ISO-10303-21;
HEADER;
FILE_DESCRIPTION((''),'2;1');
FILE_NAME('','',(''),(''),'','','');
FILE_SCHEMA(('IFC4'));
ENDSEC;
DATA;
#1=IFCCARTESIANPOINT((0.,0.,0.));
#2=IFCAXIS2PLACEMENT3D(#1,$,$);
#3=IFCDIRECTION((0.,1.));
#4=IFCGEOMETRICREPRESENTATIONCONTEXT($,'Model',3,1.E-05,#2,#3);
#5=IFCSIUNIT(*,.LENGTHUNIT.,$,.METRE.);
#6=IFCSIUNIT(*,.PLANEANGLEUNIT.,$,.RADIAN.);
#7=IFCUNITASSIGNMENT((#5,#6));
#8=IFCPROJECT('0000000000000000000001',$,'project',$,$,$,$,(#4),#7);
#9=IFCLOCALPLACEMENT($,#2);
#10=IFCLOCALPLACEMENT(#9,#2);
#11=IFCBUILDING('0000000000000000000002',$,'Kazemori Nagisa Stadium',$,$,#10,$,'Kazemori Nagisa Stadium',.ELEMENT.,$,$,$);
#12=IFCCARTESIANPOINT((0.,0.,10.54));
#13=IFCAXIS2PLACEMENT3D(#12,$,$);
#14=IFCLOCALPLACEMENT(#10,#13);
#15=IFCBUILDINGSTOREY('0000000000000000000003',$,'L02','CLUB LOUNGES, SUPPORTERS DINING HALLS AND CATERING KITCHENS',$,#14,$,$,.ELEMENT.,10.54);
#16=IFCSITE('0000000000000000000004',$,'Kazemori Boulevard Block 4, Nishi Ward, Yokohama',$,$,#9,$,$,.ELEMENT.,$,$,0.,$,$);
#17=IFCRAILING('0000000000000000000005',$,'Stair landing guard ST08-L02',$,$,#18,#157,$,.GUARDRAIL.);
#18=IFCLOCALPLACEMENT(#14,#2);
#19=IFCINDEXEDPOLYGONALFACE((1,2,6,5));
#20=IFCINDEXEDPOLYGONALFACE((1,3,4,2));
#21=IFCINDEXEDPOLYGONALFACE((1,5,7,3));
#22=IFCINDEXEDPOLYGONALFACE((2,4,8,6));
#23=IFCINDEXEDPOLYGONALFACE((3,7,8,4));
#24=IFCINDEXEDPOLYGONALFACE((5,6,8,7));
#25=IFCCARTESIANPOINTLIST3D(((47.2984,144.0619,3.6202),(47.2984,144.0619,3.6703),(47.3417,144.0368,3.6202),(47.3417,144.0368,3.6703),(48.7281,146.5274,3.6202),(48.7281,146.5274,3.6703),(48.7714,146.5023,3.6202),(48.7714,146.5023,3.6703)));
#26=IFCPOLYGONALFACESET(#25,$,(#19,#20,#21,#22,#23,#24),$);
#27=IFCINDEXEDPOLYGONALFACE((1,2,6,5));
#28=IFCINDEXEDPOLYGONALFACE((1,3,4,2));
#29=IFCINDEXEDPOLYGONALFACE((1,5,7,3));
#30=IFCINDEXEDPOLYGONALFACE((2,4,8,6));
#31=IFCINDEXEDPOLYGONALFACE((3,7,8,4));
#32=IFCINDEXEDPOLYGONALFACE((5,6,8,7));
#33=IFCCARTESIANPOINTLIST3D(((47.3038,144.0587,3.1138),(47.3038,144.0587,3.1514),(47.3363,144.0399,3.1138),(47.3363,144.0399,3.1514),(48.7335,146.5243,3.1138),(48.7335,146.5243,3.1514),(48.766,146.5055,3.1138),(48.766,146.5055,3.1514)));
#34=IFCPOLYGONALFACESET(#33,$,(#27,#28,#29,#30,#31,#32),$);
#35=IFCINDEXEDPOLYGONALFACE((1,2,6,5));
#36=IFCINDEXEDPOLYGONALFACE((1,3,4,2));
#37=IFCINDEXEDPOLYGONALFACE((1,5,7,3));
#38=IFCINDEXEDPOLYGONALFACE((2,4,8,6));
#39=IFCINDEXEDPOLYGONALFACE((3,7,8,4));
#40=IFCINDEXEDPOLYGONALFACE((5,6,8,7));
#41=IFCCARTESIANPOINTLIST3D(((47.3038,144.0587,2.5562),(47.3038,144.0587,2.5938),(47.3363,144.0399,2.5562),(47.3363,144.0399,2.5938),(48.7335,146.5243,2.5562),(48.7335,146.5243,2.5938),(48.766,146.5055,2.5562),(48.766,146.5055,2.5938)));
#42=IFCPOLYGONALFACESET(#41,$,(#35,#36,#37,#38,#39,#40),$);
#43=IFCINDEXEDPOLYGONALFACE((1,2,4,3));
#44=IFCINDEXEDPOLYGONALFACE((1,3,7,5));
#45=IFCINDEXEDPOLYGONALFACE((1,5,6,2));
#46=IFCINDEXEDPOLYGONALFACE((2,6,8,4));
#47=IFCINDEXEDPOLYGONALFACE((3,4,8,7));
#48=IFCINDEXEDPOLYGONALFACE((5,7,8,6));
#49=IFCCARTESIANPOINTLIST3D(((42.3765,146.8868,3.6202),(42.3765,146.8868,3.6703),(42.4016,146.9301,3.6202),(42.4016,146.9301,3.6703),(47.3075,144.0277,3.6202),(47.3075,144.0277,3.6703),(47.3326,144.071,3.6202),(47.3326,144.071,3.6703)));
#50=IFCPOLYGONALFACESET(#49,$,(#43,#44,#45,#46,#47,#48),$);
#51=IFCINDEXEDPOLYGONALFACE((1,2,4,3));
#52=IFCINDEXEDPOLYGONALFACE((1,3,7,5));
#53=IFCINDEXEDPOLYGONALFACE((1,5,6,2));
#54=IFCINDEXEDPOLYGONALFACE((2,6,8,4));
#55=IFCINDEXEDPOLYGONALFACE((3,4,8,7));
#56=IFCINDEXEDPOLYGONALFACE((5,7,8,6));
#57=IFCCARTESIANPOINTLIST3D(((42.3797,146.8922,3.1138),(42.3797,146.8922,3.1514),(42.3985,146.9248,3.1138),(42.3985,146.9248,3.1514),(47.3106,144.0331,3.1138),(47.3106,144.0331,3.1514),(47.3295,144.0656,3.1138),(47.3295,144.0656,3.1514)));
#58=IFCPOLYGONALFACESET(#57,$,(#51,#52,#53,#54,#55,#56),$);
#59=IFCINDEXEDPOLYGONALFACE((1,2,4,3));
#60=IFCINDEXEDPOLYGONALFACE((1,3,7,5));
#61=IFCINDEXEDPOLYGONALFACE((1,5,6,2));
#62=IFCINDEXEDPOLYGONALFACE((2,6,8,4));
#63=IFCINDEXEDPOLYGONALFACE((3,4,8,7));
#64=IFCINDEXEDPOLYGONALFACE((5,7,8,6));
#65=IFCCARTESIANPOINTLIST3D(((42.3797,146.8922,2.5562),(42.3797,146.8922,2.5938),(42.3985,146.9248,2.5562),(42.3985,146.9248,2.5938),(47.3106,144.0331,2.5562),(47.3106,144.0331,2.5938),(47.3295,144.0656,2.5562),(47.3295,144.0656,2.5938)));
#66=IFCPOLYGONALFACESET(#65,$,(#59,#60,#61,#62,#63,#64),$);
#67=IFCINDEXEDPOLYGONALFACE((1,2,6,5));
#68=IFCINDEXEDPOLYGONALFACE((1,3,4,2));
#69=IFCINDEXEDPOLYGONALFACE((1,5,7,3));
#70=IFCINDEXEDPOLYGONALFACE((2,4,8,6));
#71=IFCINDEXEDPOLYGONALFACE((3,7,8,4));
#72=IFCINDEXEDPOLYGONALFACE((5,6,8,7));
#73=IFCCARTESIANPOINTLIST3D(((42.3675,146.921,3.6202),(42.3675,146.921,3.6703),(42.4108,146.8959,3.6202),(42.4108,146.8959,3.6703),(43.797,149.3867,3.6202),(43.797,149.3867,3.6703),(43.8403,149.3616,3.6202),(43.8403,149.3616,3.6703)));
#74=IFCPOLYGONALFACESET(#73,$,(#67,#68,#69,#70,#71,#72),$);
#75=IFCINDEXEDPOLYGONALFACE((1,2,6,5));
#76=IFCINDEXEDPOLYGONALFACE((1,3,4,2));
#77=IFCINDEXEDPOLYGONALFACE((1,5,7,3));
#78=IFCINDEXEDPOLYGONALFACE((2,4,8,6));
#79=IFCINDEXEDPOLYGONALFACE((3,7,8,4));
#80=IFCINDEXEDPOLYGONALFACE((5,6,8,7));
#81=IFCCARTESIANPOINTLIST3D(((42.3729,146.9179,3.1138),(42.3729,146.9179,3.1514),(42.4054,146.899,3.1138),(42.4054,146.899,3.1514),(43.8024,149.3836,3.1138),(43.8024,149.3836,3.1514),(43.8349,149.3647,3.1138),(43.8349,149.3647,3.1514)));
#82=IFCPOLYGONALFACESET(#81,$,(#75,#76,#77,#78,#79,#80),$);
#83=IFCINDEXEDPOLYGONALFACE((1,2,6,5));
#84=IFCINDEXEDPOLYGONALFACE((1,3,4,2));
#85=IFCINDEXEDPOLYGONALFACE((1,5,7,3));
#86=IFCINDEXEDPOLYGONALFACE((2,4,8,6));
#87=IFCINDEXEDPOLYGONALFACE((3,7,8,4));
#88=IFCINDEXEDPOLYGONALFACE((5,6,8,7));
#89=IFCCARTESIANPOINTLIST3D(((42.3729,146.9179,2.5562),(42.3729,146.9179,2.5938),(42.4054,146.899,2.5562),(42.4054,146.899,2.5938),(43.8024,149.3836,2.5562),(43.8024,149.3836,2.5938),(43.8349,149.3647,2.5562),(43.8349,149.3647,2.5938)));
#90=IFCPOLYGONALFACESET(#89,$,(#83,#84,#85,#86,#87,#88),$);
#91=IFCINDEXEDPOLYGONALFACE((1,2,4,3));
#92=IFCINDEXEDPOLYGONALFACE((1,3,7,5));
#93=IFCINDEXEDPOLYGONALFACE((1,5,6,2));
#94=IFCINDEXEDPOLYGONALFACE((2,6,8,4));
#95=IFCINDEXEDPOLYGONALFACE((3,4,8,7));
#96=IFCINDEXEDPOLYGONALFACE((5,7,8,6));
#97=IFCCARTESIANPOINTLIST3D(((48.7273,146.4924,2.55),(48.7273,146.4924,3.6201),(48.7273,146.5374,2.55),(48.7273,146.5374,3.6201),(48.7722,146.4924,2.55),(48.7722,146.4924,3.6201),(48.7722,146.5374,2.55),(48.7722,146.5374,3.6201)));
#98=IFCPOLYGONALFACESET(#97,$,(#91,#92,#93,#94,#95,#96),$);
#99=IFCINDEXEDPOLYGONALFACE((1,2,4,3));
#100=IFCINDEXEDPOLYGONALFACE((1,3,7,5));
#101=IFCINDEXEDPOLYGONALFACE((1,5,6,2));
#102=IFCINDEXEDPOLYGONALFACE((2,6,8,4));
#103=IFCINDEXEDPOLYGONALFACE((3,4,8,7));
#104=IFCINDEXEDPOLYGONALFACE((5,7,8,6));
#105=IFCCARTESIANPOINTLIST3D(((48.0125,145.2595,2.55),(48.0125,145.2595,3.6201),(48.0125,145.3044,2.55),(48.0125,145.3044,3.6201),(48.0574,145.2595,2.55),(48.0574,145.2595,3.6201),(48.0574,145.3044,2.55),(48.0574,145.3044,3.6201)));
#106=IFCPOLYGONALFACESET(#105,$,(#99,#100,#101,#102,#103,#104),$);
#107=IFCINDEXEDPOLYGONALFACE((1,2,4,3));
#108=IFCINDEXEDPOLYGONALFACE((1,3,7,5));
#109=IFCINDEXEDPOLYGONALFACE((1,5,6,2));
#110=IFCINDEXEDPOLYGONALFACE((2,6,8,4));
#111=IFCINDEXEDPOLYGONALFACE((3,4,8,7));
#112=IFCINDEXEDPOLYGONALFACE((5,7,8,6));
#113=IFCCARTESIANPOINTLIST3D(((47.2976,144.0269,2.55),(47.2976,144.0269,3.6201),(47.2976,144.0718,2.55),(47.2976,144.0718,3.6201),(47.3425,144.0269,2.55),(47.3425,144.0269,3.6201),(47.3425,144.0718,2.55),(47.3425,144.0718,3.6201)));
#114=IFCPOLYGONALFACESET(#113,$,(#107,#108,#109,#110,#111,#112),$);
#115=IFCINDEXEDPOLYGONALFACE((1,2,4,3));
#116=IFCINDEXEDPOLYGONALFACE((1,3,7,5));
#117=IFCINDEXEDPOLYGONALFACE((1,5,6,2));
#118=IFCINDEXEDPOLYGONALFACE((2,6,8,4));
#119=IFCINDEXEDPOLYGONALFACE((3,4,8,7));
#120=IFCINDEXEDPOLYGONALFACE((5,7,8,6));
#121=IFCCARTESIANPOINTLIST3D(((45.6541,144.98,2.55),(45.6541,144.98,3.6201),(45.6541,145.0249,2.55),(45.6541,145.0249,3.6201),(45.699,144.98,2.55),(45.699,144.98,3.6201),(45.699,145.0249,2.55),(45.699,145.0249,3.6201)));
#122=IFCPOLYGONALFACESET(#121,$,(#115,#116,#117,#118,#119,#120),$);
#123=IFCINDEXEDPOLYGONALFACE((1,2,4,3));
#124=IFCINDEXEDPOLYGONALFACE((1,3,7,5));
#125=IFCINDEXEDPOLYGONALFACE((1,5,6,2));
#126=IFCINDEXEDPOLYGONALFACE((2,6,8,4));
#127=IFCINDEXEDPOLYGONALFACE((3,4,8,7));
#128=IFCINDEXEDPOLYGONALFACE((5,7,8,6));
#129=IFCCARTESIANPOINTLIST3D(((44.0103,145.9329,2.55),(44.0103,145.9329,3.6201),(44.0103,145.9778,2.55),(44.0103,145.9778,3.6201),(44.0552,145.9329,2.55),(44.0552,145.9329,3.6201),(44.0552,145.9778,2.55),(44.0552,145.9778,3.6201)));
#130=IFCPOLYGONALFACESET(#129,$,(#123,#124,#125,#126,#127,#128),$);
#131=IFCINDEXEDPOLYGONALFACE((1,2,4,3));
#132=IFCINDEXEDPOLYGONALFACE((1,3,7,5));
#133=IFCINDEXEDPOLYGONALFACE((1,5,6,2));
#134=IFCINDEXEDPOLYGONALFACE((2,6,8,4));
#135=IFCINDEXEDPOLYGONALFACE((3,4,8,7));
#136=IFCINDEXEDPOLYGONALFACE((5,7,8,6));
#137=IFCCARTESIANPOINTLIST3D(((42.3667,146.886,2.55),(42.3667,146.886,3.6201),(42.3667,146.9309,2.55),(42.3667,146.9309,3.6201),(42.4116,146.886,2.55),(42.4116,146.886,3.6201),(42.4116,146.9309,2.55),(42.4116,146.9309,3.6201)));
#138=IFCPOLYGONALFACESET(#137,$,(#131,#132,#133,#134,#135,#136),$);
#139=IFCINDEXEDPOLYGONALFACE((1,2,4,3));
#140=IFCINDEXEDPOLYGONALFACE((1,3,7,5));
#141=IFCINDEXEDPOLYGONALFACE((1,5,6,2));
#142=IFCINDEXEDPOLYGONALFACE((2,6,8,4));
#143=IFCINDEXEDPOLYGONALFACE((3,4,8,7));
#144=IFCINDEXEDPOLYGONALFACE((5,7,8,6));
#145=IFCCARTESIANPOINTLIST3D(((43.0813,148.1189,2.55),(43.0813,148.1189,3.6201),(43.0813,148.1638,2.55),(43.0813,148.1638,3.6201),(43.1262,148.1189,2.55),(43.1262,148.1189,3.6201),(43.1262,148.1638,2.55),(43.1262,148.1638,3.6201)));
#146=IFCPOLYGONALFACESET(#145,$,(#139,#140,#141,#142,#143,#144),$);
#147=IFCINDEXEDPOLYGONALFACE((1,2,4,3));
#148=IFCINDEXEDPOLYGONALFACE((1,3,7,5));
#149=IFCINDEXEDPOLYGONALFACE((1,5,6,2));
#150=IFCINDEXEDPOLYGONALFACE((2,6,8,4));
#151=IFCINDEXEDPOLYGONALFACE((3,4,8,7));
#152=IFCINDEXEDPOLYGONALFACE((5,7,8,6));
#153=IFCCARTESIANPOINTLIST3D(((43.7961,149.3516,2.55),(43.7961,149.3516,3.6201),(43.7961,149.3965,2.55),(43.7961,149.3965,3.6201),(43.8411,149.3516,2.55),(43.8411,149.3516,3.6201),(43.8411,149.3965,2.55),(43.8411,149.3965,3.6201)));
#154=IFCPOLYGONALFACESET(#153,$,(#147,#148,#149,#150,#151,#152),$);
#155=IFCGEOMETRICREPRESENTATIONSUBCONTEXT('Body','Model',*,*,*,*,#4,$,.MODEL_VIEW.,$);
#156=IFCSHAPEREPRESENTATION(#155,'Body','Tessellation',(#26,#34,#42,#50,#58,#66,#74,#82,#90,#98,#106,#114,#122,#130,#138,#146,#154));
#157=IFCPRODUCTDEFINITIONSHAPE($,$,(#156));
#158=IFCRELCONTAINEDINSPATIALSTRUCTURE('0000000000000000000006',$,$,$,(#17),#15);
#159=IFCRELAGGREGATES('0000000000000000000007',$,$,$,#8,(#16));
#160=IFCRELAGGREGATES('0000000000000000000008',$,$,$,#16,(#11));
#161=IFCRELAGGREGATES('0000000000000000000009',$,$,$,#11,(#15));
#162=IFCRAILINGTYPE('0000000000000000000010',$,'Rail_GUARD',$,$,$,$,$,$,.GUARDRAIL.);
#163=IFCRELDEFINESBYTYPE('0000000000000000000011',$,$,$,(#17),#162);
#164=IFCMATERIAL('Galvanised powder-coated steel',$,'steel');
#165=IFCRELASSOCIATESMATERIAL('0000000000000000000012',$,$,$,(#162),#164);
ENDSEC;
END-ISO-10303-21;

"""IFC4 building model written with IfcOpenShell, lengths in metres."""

from ifc_helpers import new_model, si_unit, direction, frame, origin, origin_2d, place, context, subcontext, project, spatial, rectangle, extrude, material, type_object, element, save


model = new_model("IFC4")

# Units and contexts
model_context = context("Model", 3, precision=1e-05, world=origin(), true_north=direction((0.0, 1.0)))
body_context = subcontext(model_context, "Body", "Model", "MODEL_VIEW")
ifc_project = project(units=[si_unit("LENGTHUNIT", "METRE"), si_unit("PLANEANGLEUNIT", "RADIAN")], contexts=[model_context])

# Site, building, storey
site_placement = place(None, origin())
site = spatial("IfcSite", under=ifc_project, at=site_placement, Name="Kazemori Boulevard Block 4, Nishi Ward, Yokohama", CompositionType="ELEMENT", RefElevation=0.0)
building_placement = place(site_placement, origin())
building = spatial("IfcBuilding", under=site, at=building_placement, Name="Kazemori Nagisa Stadium", LongName="Kazemori Nagisa Stadium", CompositionType="ELEMENT")
storey_placement = place(building_placement, frame((0.0, 0.0, 10.54)))
storey = spatial("IfcBuildingStorey", under=building, at=storey_placement, Name="L02", Description="CLUB LOUNGES, SUPPORTERS DINING HALLS AND CATERING KITCHENS", CompositionType="ELEMENT", Elevation=10.54)

# Railing
ifc_material_1 = material(Name="Galvanised powder-coated steel", Category="steel")
railing_type = type_object("IfcRailingType", Name="Rail_GUARD", PredefinedType="GUARDRAIL", material=ifc_material_1)
railing_placement = place(storey_placement, frame((48.7498, 146.5149, 2.55)))
element("IfcRailing", 1, at=railing_placement, inside=storey, type_object=railing_type, Name="Stair landing guard ST08-L02", PredefinedType="GUARDRAIL", context=body_context, shape_type="SweptSolid", body=[
    extrude(rectangle(XDim=0.05, YDim=0.05, at=origin_2d()), frame((0.0, 0.0, 1.0952), z_axis=(-0.501627, -0.865084, 0.0), x_axis=(0.865084, -0.501627, 0.0)), (0.0, 0.0, 1.0), 2.8501),
    extrude(rectangle(XDim=0.0376, YDim=0.0376, at=origin_2d()), frame((0.0, 0.0, 0.5825), z_axis=(-0.501627, -0.865084, 0.0), x_axis=(0.865084, -0.501627, 0.0)), (0.0, 0.0, 1.0), 2.8501),
    extrude(rectangle(XDim=0.0376, YDim=0.0376, at=origin_2d()), frame((0.0, 0.0, 0.0249), z_axis=(-0.501627, -0.865084, 0.0), x_axis=(0.865084, -0.501627, 0.0)), (0.0, 0.0, 1.0), 2.8501),
    extrude(rectangle(XDim=0.05, YDim=0.05, at=origin_2d()), frame((-1.4297, -2.4656, 1.0952), z_axis=(-0.865092, 0.501614, 0.0), x_axis=(-0.501614, -0.865092, 0.0)), (0.0, 0.0, 1.0), 5.7),
    extrude(rectangle(XDim=0.0376, YDim=0.0376, at=origin_2d()), frame((-1.4297, -2.4656, 0.5825), z_axis=(-0.865092, 0.501614, 0.0), x_axis=(-0.501614, -0.865092, 0.0)), (0.0, 0.0, 1.0), 5.7),
    extrude(rectangle(XDim=0.0376, YDim=0.0376, at=origin_2d()), frame((-1.4297, -2.4656, 0.0249), z_axis=(-0.865092, 0.501614, 0.0), x_axis=(-0.501614, -0.865092, 0.0)), (0.0, 0.0, 1.0), 5.7),
    extrude(rectangle(XDim=0.05, YDim=0.05, at=origin_2d()), frame((-6.3606, 0.3936, 1.0952), z_axis=(0.501563, 0.865121, 0.0), x_axis=(-0.865121, 0.501563, 0.0)), (0.0, 0.0, 1.0), 2.8501),
    extrude(rectangle(XDim=0.0376, YDim=0.0376, at=origin_2d()), frame((-6.3606, 0.3936, 0.5825), z_axis=(0.501563, 0.865121, 0.0), x_axis=(-0.865121, 0.501563, 0.0)), (0.0, 0.0, 1.0), 2.8501),
    extrude(rectangle(XDim=0.0376, YDim=0.0376, at=origin_2d()), frame((-6.3606, 0.3936, 0.0249), z_axis=(0.501563, 0.865121, 0.0), x_axis=(-0.865121, 0.501563, 0.0)), (0.0, 0.0, 1.0), 2.8501),
    extrude(rectangle(XDim=0.0449, YDim=0.0449, at=origin_2d()), origin(), (0.0, 0.0, 1.0), 1.0701),
    extrude(rectangle(XDim=0.0449, YDim=0.0449, at=origin_2d()), frame((-0.7148, -1.2329, 0.0)), (0.0, 0.0, 1.0), 1.0701),
    extrude(rectangle(XDim=0.0449, YDim=0.0449, at=origin_2d()), frame((-1.4297, -2.4656, 0.0)), (0.0, 0.0, 1.0), 1.0701),
    extrude(rectangle(XDim=0.0449, YDim=0.0449, at=origin_2d()), frame((-3.0732, -1.5125, 0.0)), (0.0, 0.0, 1.0), 1.0701),
    extrude(rectangle(XDim=0.0449, YDim=0.0449, at=origin_2d()), frame((-4.717, -0.5596, 0.0)), (0.0, 0.0, 1.0), 1.0701),
    extrude(rectangle(XDim=0.0449, YDim=0.0449, at=origin_2d()), frame((-6.3606, 0.3936, 0.0)), (0.0, 0.0, 1.0), 1.0701),
    extrude(rectangle(XDim=0.0449, YDim=0.0449, at=origin_2d()), frame((-5.646, 1.6265, 0.0)), (0.0, 0.0, 1.0), 1.0701),
    extrude(rectangle(XDim=0.0449, YDim=0.0449, at=origin_2d()), frame((-4.9312, 2.8591, 0.0)), (0.0, 0.0, 1.0), 1.0701),
])

save(model, "model.ifc")
